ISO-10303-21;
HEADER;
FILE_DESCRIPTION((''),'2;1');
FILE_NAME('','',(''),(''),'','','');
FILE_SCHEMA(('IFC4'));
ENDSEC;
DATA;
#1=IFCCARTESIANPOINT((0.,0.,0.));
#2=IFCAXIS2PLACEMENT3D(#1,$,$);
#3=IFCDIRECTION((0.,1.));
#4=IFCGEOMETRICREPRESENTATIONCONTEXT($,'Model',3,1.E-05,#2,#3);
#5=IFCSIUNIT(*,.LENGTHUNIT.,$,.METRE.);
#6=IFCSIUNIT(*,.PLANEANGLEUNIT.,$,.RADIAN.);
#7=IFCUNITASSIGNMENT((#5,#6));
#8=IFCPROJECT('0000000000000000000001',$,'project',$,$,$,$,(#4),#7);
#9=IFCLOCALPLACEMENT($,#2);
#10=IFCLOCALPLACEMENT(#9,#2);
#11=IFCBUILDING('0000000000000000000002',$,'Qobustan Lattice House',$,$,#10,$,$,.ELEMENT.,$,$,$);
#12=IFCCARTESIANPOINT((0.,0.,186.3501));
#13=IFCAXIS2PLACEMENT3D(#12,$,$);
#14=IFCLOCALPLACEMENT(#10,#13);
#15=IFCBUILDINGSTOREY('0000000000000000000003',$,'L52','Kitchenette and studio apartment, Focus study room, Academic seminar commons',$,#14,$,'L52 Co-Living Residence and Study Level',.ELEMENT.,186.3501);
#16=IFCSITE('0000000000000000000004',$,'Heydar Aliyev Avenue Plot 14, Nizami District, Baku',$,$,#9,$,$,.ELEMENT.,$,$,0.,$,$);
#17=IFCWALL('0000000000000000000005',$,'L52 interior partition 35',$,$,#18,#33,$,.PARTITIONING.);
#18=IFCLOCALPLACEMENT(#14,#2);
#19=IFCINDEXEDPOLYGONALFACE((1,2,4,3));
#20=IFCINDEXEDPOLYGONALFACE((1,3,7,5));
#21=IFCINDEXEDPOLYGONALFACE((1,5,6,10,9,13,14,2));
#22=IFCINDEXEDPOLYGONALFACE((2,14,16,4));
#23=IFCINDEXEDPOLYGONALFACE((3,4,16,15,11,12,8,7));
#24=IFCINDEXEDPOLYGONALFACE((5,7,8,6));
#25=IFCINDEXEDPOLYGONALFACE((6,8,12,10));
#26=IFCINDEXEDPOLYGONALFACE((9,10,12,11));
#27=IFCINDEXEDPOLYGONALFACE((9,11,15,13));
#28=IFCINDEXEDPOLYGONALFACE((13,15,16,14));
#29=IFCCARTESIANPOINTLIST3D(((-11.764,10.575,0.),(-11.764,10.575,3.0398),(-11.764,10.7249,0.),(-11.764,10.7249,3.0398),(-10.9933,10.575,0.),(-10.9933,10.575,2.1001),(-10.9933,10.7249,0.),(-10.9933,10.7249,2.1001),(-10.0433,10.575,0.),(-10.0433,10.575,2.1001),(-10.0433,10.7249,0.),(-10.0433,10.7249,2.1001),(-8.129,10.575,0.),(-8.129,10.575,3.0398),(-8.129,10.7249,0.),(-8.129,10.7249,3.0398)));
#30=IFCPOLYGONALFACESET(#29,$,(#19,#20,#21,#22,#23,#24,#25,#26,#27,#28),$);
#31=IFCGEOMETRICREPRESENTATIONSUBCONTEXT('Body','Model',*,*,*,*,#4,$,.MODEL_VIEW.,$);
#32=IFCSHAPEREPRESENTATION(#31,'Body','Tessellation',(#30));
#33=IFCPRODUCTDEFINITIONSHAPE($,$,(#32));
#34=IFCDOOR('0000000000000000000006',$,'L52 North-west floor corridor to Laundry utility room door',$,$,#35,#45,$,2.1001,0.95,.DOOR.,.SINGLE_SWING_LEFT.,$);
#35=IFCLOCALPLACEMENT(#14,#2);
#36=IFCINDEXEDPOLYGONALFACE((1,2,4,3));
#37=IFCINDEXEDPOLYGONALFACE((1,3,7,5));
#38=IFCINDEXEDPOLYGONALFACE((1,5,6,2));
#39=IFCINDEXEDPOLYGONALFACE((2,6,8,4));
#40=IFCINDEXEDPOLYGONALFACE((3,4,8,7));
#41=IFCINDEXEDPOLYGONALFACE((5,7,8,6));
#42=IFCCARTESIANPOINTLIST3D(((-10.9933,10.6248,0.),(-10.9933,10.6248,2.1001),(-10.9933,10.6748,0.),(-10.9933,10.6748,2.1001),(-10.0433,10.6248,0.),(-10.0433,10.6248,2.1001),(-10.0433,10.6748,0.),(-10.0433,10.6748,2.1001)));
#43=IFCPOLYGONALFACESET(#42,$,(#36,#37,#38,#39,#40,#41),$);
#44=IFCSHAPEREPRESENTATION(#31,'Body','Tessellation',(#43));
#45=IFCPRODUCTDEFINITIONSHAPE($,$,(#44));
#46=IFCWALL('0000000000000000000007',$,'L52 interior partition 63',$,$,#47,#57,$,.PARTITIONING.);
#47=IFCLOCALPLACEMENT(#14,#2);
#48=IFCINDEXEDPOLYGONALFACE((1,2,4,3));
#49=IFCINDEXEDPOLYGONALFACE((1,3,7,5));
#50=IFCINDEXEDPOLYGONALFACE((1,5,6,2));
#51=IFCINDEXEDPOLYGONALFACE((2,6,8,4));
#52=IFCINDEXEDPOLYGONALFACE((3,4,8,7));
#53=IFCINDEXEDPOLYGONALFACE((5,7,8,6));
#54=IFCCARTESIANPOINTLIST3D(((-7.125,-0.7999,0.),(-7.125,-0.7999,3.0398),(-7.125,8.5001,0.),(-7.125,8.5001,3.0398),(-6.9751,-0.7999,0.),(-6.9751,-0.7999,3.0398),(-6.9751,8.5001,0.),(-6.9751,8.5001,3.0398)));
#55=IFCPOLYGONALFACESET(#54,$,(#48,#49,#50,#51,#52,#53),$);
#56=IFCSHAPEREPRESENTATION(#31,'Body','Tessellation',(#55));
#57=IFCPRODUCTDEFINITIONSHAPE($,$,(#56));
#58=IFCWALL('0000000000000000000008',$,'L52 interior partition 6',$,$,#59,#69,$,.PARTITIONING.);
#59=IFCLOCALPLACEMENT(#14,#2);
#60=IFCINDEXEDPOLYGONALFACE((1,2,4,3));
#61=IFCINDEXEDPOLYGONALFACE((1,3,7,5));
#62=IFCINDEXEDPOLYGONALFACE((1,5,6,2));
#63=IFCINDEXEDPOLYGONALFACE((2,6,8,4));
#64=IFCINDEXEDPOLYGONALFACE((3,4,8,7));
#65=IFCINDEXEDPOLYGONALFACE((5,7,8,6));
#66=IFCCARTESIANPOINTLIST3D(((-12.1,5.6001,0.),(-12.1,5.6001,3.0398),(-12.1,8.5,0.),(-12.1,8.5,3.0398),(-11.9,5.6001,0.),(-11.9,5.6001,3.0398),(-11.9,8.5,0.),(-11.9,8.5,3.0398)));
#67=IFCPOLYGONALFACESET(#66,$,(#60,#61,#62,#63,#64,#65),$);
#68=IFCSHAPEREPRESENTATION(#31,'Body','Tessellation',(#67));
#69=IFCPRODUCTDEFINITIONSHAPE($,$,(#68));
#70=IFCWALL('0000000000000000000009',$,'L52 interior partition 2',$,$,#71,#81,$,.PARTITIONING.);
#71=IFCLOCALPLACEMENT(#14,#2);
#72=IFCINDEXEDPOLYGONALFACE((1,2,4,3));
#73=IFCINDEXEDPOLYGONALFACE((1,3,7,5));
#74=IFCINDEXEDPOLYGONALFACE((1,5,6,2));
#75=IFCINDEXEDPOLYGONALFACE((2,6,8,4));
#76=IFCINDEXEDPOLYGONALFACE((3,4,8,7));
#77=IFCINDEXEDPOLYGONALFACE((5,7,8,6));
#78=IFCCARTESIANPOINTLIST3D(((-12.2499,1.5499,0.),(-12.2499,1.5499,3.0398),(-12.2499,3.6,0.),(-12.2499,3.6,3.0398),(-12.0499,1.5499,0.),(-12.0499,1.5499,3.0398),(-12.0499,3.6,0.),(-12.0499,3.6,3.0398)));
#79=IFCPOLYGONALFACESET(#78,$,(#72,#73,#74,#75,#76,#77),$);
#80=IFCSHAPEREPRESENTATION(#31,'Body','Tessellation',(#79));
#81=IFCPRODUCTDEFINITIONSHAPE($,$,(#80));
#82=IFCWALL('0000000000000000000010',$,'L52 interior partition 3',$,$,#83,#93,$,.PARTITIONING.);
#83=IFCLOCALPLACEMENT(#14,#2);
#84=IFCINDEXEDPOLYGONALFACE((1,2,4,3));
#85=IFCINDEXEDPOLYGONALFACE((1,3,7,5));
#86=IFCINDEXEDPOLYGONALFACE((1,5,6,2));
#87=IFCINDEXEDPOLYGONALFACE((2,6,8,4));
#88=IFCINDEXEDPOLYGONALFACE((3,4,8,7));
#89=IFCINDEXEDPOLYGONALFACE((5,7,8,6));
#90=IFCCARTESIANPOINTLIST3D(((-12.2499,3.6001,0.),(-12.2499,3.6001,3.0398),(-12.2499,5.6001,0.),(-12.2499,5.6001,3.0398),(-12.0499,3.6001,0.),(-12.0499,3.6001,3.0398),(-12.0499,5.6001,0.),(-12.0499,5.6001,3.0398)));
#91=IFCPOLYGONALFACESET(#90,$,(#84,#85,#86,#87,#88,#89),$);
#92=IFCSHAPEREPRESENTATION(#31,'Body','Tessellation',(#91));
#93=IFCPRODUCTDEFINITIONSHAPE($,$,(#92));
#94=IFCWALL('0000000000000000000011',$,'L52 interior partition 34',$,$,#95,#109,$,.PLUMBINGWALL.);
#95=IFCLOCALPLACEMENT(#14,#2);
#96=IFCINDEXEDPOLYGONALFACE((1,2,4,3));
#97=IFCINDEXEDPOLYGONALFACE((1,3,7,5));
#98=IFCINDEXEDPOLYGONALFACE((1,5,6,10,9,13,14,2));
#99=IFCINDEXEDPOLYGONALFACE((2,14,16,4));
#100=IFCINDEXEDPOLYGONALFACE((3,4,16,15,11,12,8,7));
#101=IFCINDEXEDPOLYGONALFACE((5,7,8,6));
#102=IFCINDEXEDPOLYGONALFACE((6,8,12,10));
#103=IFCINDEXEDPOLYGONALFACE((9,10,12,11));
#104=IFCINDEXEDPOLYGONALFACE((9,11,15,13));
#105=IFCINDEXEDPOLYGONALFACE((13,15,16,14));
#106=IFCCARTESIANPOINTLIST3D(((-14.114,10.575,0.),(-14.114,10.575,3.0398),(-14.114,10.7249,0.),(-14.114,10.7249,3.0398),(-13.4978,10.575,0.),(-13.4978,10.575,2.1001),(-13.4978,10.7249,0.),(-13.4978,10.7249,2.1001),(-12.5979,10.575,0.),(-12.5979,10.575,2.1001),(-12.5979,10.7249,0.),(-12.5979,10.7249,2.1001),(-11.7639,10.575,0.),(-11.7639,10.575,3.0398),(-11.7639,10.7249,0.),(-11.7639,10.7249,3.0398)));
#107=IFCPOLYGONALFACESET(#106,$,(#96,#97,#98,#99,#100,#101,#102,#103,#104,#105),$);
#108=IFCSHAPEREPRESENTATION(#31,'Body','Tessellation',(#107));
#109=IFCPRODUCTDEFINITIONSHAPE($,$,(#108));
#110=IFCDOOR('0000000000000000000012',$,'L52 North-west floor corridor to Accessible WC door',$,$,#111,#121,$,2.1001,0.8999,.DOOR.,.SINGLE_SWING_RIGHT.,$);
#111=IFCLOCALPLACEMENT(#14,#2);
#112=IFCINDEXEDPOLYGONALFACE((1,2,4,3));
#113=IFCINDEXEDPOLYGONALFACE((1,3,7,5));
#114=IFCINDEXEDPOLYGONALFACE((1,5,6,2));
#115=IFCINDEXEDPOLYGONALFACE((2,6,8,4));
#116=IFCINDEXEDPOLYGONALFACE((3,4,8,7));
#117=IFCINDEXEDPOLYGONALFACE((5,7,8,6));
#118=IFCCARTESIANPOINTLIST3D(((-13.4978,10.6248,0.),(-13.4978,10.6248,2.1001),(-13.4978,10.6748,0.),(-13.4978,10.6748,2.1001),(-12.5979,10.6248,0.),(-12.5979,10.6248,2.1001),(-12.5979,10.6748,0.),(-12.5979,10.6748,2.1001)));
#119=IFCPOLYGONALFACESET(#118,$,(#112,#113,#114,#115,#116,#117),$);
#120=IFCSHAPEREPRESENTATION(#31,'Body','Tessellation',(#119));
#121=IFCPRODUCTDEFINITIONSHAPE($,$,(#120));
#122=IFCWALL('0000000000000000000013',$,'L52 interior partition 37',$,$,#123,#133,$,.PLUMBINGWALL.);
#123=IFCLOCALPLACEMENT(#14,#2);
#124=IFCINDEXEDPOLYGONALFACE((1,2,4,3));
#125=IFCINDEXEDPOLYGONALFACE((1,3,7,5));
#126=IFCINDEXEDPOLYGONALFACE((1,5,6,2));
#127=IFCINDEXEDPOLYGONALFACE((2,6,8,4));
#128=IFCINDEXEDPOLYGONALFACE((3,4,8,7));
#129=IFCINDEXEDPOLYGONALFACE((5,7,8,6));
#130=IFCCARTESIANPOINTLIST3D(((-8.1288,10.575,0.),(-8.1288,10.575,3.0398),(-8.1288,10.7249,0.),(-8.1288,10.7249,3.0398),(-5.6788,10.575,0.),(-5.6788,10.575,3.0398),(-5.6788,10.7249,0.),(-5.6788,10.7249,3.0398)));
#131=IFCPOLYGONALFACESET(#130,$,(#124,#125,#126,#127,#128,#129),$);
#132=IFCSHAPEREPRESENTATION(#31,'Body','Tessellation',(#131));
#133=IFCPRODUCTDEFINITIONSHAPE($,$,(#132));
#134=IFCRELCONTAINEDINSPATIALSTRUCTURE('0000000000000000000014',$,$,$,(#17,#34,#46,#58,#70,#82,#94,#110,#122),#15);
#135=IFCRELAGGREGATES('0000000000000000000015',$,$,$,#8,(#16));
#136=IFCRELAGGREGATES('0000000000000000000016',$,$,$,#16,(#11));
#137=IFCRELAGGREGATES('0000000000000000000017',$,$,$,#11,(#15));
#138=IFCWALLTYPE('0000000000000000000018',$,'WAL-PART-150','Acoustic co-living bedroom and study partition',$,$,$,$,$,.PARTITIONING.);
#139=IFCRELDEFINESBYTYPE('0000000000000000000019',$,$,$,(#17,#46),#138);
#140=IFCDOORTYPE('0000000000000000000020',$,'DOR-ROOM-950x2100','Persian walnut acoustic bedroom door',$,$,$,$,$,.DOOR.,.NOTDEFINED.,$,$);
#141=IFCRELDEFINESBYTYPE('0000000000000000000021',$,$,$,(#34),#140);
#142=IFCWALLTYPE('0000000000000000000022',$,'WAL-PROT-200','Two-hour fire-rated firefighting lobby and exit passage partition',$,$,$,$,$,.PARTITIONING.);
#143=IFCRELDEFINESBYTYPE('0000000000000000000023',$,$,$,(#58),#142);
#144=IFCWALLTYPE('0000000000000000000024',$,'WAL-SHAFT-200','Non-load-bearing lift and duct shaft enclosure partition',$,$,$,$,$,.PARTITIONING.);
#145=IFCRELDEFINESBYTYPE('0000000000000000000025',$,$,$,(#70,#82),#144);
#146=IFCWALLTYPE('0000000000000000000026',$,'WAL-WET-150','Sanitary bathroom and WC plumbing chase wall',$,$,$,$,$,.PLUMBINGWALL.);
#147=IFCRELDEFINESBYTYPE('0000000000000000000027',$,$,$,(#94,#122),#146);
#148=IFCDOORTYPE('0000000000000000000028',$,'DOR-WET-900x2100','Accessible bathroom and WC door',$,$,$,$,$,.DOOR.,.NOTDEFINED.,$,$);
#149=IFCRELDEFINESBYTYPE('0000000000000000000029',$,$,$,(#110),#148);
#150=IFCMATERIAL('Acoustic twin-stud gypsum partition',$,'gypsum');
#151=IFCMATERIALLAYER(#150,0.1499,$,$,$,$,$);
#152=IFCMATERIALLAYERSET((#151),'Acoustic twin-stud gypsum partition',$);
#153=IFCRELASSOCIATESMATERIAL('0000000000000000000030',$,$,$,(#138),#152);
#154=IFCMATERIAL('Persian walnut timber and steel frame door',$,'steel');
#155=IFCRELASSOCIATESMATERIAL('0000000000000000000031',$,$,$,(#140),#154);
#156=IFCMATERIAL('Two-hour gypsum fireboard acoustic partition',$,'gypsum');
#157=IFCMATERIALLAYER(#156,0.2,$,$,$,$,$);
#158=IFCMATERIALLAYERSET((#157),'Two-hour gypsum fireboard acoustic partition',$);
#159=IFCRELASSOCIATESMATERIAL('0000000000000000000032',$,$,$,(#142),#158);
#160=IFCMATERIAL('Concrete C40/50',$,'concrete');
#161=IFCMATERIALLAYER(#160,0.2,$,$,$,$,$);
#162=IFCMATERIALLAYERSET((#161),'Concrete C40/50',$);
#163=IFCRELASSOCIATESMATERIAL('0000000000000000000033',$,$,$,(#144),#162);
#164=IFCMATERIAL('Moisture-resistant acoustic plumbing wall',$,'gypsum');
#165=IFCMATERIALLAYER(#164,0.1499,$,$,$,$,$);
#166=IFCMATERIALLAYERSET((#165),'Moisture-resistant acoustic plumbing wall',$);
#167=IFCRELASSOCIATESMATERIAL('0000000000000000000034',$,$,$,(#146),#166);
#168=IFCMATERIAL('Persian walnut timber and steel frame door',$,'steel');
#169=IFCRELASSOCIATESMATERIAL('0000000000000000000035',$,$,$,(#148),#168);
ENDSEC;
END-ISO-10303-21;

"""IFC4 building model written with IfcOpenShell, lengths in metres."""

from ifc_helpers import new_model, si_unit, direction, frame, frame_2d, origin, place, context, subcontext, project, spatial, rectangle, extrude, material, layer, layer_set, type_object, element, fill, save


model = new_model("IFC4")

# Units and contexts
model_context = context("Model", 3, precision=1e-05, world=origin(), true_north=direction((0.0, 1.0)))
body_context = subcontext(model_context, "Body", "Model", "MODEL_VIEW")
ifc_project = project(units=[si_unit("LENGTHUNIT", "METRE"), si_unit("PLANEANGLEUNIT", "RADIAN")], contexts=[model_context])

# Site, building, storey
site_placement = place(None, origin())
site = spatial("IfcSite", under=ifc_project, at=site_placement, Name="Heydar Aliyev Avenue Plot 14, Nizami District, Baku", CompositionType="ELEMENT", RefElevation=0.0)
building_placement = place(site_placement, origin())
building = spatial("IfcBuilding", under=site, at=building_placement, Name="Qobustan Lattice House", CompositionType="ELEMENT")
storey_placement = place(building_placement, frame((0.0, 0.0, 186.3501)))
storey = spatial("IfcBuildingStorey", under=building, at=storey_placement, Name="L52", Description="Kitchenette and studio apartment, Focus study room, Academic seminar commons", LongName="L52 Co-Living Residence and Study Level", CompositionType="ELEMENT", Elevation=186.3501)

# Wall, opening, door
ifc_material_1 = material(Name="Acoustic twin-stud gypsum partition", Category="gypsum")
ifc_layer_1 = layer(ifc_material_1, 0.1499)
ifc_layer_set_1 = layer_set([ifc_layer_1], Name="Acoustic twin-stud gypsum partition")
wall_type_1 = type_object("IfcWallType", Name="WAL-PART-150", Description="Acoustic co-living bedroom and study partition", PredefinedType="PARTITIONING", material=ifc_layer_set_1)
wall_1_placement = place(storey_placement, frame((-11.7639, 10.6499, 0.0), z_axis=(0.0, 0.0, 1.0), x_axis=(1.0, 0.0, 0.0)))
wall_1 = element("IfcWall", 1, at=wall_1_placement, inside=storey, type_object=wall_type_1, Name="L52 interior partition 35", PredefinedType="PARTITIONING", context=body_context, shape_type="SweptSolid", body=[
    extrude(rectangle(XDim=3.635, YDim=0.1499, at=frame_2d((1.8174, 0.0))), origin(), (0.0, 0.0, 1.0), 3.0398),
])
opening_1_placement = place(wall_1_placement, frame((0.7705, 0.0, 0.0)))
opening_1 = element("IfcOpeningElement", 2, at=opening_1_placement, cuts=wall_1, PredefinedType="OPENING", context=body_context, shape_type="SweptSolid", body=[
    extrude(rectangle(XDim=0.95, YDim=2.1001, at=frame_2d((0.4751, 1.05))), frame((0.0, 0.085, 0.0), z_axis=(0.0, -1.0, 0.0), x_axis=(1.0, 0.0, 0.0)), (0.0, 0.0, 1.0), 0.1699),
])
ifc_material_2 = material(Name="Persian walnut timber and steel frame door", Category="steel")
door_type_1 = type_object("IfcDoorType", Name="DOR-ROOM-950x2100", Description="Persian walnut acoustic bedroom door", OperationType="NOTDEFINED", PredefinedType="DOOR", material=ifc_material_2)
door_1_placement = place(opening_1_placement, origin())
door_1 = element("IfcDoor", 3, at=door_1_placement, inside=storey, type_object=door_type_1, Name="L52 North-west floor corridor to Laundry utility room door", OperationType="SINGLE_SWING_LEFT", OverallHeight=2.1001, OverallWidth=0.95, PredefinedType="DOOR", context=body_context, shape_type="SweptSolid", body=[
    extrude(rectangle(XDim=0.95, YDim=2.1001, at=frame_2d((0.4751, 1.05))), frame((0.0, 0.0249, 0.0), z_axis=(0.0, -1.0, 0.0), x_axis=(1.0, 0.0, 0.0)), (0.0, 0.0, 1.0), 0.05),
])
fill(opening_1, door_1)

# Wall
wall_2_placement = place(storey_placement, frame((-7.05, 8.5, 0.0), z_axis=(0.0, 0.0, 1.0), x_axis=(0.0, -1.0, 0.0)))
element("IfcWall", 4, at=wall_2_placement, inside=storey, type_object=wall_type_1, Name="L52 interior partition 63", PredefinedType="PARTITIONING", context=body_context, shape_type="SweptSolid", body=[
    extrude(rectangle(XDim=9.3, YDim=0.1499, at=frame_2d((4.6499, 0.0))), origin(), (0.0, 0.0, 1.0), 3.0398),
])

# Shared definitions
ifc_material_3 = material(Name="Two-hour gypsum fireboard acoustic partition", Category="gypsum")
ifc_layer_2 = layer(ifc_material_3, 0.2)
ifc_layer_set_2 = layer_set([ifc_layer_2], Name="Two-hour gypsum fireboard acoustic partition")
wall_type_2 = type_object("IfcWallType", Name="WAL-PROT-200", Description="Two-hour fire-rated firefighting lobby and exit passage partition", PredefinedType="PARTITIONING", material=ifc_layer_set_2)

# Walls
wall_3_placement = place(storey_placement, frame((-12.0, 5.6001, 0.0), z_axis=(0.0, 0.0, 1.0), x_axis=(0.0, 1.0, 0.0)))
element("IfcWall", 5, at=wall_3_placement, inside=storey, type_object=wall_type_2, Name="L52 interior partition 6", PredefinedType="PARTITIONING", context=body_context, shape_type="SweptSolid", body=[
    extrude(rectangle(XDim=2.8999, YDim=0.2, at=frame_2d((1.45, 0.0))), origin(), (0.0, 0.0, 1.0), 3.0398),
])
ifc_material_4 = material(Name="Concrete C40/50", Category="concrete")
ifc_layer_3 = layer(ifc_material_4, 0.2)
ifc_layer_set_3 = layer_set([ifc_layer_3], Name="Concrete C40/50")
wall_type_3 = type_object("IfcWallType", Name="WAL-SHAFT-200", Description="Non-load-bearing lift and duct shaft enclosure partition", PredefinedType="PARTITIONING", material=ifc_layer_set_3)
wall_4_placement = place(storey_placement, frame((-12.1499, 1.55, 0.0), z_axis=(0.0, 0.0, 1.0), x_axis=(0.0, 1.0, 0.0)))
element("IfcWall", 6, at=wall_4_placement, inside=storey, type_object=wall_type_3, Name="L52 interior partition 2", PredefinedType="PARTITIONING", context=body_context, shape_type="SweptSolid", body=[
    extrude(rectangle(XDim=2.05, YDim=0.2, at=frame_2d((1.0249, 0.0))), origin(), (0.0, 0.0, 1.0), 3.0398),
])
wall_5_placement = place(storey_placement, frame((-12.1499, 3.6001, 0.0), z_axis=(0.0, 0.0, 1.0), x_axis=(0.0, 1.0, 0.0)))
element("IfcWall", 7, at=wall_5_placement, inside=storey, type_object=wall_type_3, Name="L52 interior partition 3", PredefinedType="PARTITIONING", context=body_context, shape_type="SweptSolid", body=[
    extrude(rectangle(XDim=2.0, YDim=0.2, at=frame_2d((1.0, 0.0))), origin(), (0.0, 0.0, 1.0), 3.0398),
])

# Wall, opening, door
ifc_material_5 = material(Name="Moisture-resistant acoustic plumbing wall", Category="gypsum")
ifc_layer_4 = layer(ifc_material_5, 0.1499)
ifc_layer_set_4 = layer_set([ifc_layer_4], Name="Moisture-resistant acoustic plumbing wall")
wall_type_4 = type_object("IfcWallType", Name="WAL-WET-150", Description="Sanitary bathroom and WC plumbing chase wall", PredefinedType="PLUMBINGWALL", material=ifc_layer_set_4)
wall_6_placement = place(storey_placement, frame((-14.114, 10.6499, 0.0), z_axis=(0.0, 0.0, 1.0), x_axis=(1.0, 0.0, 0.0)))
wall_6 = element("IfcWall", 8, at=wall_6_placement, inside=storey, type_object=wall_type_4, Name="L52 interior partition 34", PredefinedType="PLUMBINGWALL", context=body_context, shape_type="SweptSolid", body=[
    extrude(rectangle(XDim=2.3501, YDim=0.1499, at=frame_2d((1.175, 0.0))), origin(), (0.0, 0.0, 1.0), 3.0398),
])
opening_2_placement = place(wall_6_placement, frame((0.6162, 0.0, 0.0)))
opening_2 = element("IfcOpeningElement", 9, at=opening_2_placement, cuts=wall_6, PredefinedType="OPENING", context=body_context, shape_type="SweptSolid", body=[
    extrude(rectangle(XDim=0.8999, YDim=2.1001, at=frame_2d((0.45, 1.05))), frame((0.0, 0.085, 0.0), z_axis=(0.0, -1.0, 0.0), x_axis=(1.0, 0.0, 0.0)), (0.0, 0.0, 1.0), 0.1699),
])
ifc_material_6 = material(Name="Persian walnut timber and steel frame door", Category="steel")
door_type_2 = type_object("IfcDoorType", Name="DOR-WET-900x2100", Description="Accessible bathroom and WC door", OperationType="NOTDEFINED", PredefinedType="DOOR", material=ifc_material_6)
door_2_placement = place(opening_2_placement, origin())
door_2 = element("IfcDoor", 10, at=door_2_placement, inside=storey, type_object=door_type_2, Name="L52 North-west floor corridor to Accessible WC door", OperationType="SINGLE_SWING_RIGHT", OverallHeight=2.1001, OverallWidth=0.8999, PredefinedType="DOOR", context=body_context, shape_type="SweptSolid", body=[
    extrude(rectangle(XDim=0.8999, YDim=2.1001, at=frame_2d((0.45, 1.05))), frame((0.0, 0.0249, 0.0), z_axis=(0.0, -1.0, 0.0), x_axis=(1.0, 0.0, 0.0)), (0.0, 0.0, 1.0), 0.05),
])
fill(opening_2, door_2)

# Wall
wall_7_placement = place(storey_placement, frame((-8.1289, 10.6499, 0.0), z_axis=(0.0, 0.0, 1.0), x_axis=(1.0, 0.0, 0.0)))
element("IfcWall", 11, at=wall_7_placement, inside=storey, type_object=wall_type_4, Name="L52 interior partition 37", PredefinedType="PLUMBINGWALL", context=body_context, shape_type="SweptSolid", body=[
    extrude(rectangle(XDim=2.45, YDim=0.1499, at=frame_2d((1.2251, 0.0))), origin(), (0.0, 0.0, 1.0), 3.0398),
])

save(model, "model.ifc")
